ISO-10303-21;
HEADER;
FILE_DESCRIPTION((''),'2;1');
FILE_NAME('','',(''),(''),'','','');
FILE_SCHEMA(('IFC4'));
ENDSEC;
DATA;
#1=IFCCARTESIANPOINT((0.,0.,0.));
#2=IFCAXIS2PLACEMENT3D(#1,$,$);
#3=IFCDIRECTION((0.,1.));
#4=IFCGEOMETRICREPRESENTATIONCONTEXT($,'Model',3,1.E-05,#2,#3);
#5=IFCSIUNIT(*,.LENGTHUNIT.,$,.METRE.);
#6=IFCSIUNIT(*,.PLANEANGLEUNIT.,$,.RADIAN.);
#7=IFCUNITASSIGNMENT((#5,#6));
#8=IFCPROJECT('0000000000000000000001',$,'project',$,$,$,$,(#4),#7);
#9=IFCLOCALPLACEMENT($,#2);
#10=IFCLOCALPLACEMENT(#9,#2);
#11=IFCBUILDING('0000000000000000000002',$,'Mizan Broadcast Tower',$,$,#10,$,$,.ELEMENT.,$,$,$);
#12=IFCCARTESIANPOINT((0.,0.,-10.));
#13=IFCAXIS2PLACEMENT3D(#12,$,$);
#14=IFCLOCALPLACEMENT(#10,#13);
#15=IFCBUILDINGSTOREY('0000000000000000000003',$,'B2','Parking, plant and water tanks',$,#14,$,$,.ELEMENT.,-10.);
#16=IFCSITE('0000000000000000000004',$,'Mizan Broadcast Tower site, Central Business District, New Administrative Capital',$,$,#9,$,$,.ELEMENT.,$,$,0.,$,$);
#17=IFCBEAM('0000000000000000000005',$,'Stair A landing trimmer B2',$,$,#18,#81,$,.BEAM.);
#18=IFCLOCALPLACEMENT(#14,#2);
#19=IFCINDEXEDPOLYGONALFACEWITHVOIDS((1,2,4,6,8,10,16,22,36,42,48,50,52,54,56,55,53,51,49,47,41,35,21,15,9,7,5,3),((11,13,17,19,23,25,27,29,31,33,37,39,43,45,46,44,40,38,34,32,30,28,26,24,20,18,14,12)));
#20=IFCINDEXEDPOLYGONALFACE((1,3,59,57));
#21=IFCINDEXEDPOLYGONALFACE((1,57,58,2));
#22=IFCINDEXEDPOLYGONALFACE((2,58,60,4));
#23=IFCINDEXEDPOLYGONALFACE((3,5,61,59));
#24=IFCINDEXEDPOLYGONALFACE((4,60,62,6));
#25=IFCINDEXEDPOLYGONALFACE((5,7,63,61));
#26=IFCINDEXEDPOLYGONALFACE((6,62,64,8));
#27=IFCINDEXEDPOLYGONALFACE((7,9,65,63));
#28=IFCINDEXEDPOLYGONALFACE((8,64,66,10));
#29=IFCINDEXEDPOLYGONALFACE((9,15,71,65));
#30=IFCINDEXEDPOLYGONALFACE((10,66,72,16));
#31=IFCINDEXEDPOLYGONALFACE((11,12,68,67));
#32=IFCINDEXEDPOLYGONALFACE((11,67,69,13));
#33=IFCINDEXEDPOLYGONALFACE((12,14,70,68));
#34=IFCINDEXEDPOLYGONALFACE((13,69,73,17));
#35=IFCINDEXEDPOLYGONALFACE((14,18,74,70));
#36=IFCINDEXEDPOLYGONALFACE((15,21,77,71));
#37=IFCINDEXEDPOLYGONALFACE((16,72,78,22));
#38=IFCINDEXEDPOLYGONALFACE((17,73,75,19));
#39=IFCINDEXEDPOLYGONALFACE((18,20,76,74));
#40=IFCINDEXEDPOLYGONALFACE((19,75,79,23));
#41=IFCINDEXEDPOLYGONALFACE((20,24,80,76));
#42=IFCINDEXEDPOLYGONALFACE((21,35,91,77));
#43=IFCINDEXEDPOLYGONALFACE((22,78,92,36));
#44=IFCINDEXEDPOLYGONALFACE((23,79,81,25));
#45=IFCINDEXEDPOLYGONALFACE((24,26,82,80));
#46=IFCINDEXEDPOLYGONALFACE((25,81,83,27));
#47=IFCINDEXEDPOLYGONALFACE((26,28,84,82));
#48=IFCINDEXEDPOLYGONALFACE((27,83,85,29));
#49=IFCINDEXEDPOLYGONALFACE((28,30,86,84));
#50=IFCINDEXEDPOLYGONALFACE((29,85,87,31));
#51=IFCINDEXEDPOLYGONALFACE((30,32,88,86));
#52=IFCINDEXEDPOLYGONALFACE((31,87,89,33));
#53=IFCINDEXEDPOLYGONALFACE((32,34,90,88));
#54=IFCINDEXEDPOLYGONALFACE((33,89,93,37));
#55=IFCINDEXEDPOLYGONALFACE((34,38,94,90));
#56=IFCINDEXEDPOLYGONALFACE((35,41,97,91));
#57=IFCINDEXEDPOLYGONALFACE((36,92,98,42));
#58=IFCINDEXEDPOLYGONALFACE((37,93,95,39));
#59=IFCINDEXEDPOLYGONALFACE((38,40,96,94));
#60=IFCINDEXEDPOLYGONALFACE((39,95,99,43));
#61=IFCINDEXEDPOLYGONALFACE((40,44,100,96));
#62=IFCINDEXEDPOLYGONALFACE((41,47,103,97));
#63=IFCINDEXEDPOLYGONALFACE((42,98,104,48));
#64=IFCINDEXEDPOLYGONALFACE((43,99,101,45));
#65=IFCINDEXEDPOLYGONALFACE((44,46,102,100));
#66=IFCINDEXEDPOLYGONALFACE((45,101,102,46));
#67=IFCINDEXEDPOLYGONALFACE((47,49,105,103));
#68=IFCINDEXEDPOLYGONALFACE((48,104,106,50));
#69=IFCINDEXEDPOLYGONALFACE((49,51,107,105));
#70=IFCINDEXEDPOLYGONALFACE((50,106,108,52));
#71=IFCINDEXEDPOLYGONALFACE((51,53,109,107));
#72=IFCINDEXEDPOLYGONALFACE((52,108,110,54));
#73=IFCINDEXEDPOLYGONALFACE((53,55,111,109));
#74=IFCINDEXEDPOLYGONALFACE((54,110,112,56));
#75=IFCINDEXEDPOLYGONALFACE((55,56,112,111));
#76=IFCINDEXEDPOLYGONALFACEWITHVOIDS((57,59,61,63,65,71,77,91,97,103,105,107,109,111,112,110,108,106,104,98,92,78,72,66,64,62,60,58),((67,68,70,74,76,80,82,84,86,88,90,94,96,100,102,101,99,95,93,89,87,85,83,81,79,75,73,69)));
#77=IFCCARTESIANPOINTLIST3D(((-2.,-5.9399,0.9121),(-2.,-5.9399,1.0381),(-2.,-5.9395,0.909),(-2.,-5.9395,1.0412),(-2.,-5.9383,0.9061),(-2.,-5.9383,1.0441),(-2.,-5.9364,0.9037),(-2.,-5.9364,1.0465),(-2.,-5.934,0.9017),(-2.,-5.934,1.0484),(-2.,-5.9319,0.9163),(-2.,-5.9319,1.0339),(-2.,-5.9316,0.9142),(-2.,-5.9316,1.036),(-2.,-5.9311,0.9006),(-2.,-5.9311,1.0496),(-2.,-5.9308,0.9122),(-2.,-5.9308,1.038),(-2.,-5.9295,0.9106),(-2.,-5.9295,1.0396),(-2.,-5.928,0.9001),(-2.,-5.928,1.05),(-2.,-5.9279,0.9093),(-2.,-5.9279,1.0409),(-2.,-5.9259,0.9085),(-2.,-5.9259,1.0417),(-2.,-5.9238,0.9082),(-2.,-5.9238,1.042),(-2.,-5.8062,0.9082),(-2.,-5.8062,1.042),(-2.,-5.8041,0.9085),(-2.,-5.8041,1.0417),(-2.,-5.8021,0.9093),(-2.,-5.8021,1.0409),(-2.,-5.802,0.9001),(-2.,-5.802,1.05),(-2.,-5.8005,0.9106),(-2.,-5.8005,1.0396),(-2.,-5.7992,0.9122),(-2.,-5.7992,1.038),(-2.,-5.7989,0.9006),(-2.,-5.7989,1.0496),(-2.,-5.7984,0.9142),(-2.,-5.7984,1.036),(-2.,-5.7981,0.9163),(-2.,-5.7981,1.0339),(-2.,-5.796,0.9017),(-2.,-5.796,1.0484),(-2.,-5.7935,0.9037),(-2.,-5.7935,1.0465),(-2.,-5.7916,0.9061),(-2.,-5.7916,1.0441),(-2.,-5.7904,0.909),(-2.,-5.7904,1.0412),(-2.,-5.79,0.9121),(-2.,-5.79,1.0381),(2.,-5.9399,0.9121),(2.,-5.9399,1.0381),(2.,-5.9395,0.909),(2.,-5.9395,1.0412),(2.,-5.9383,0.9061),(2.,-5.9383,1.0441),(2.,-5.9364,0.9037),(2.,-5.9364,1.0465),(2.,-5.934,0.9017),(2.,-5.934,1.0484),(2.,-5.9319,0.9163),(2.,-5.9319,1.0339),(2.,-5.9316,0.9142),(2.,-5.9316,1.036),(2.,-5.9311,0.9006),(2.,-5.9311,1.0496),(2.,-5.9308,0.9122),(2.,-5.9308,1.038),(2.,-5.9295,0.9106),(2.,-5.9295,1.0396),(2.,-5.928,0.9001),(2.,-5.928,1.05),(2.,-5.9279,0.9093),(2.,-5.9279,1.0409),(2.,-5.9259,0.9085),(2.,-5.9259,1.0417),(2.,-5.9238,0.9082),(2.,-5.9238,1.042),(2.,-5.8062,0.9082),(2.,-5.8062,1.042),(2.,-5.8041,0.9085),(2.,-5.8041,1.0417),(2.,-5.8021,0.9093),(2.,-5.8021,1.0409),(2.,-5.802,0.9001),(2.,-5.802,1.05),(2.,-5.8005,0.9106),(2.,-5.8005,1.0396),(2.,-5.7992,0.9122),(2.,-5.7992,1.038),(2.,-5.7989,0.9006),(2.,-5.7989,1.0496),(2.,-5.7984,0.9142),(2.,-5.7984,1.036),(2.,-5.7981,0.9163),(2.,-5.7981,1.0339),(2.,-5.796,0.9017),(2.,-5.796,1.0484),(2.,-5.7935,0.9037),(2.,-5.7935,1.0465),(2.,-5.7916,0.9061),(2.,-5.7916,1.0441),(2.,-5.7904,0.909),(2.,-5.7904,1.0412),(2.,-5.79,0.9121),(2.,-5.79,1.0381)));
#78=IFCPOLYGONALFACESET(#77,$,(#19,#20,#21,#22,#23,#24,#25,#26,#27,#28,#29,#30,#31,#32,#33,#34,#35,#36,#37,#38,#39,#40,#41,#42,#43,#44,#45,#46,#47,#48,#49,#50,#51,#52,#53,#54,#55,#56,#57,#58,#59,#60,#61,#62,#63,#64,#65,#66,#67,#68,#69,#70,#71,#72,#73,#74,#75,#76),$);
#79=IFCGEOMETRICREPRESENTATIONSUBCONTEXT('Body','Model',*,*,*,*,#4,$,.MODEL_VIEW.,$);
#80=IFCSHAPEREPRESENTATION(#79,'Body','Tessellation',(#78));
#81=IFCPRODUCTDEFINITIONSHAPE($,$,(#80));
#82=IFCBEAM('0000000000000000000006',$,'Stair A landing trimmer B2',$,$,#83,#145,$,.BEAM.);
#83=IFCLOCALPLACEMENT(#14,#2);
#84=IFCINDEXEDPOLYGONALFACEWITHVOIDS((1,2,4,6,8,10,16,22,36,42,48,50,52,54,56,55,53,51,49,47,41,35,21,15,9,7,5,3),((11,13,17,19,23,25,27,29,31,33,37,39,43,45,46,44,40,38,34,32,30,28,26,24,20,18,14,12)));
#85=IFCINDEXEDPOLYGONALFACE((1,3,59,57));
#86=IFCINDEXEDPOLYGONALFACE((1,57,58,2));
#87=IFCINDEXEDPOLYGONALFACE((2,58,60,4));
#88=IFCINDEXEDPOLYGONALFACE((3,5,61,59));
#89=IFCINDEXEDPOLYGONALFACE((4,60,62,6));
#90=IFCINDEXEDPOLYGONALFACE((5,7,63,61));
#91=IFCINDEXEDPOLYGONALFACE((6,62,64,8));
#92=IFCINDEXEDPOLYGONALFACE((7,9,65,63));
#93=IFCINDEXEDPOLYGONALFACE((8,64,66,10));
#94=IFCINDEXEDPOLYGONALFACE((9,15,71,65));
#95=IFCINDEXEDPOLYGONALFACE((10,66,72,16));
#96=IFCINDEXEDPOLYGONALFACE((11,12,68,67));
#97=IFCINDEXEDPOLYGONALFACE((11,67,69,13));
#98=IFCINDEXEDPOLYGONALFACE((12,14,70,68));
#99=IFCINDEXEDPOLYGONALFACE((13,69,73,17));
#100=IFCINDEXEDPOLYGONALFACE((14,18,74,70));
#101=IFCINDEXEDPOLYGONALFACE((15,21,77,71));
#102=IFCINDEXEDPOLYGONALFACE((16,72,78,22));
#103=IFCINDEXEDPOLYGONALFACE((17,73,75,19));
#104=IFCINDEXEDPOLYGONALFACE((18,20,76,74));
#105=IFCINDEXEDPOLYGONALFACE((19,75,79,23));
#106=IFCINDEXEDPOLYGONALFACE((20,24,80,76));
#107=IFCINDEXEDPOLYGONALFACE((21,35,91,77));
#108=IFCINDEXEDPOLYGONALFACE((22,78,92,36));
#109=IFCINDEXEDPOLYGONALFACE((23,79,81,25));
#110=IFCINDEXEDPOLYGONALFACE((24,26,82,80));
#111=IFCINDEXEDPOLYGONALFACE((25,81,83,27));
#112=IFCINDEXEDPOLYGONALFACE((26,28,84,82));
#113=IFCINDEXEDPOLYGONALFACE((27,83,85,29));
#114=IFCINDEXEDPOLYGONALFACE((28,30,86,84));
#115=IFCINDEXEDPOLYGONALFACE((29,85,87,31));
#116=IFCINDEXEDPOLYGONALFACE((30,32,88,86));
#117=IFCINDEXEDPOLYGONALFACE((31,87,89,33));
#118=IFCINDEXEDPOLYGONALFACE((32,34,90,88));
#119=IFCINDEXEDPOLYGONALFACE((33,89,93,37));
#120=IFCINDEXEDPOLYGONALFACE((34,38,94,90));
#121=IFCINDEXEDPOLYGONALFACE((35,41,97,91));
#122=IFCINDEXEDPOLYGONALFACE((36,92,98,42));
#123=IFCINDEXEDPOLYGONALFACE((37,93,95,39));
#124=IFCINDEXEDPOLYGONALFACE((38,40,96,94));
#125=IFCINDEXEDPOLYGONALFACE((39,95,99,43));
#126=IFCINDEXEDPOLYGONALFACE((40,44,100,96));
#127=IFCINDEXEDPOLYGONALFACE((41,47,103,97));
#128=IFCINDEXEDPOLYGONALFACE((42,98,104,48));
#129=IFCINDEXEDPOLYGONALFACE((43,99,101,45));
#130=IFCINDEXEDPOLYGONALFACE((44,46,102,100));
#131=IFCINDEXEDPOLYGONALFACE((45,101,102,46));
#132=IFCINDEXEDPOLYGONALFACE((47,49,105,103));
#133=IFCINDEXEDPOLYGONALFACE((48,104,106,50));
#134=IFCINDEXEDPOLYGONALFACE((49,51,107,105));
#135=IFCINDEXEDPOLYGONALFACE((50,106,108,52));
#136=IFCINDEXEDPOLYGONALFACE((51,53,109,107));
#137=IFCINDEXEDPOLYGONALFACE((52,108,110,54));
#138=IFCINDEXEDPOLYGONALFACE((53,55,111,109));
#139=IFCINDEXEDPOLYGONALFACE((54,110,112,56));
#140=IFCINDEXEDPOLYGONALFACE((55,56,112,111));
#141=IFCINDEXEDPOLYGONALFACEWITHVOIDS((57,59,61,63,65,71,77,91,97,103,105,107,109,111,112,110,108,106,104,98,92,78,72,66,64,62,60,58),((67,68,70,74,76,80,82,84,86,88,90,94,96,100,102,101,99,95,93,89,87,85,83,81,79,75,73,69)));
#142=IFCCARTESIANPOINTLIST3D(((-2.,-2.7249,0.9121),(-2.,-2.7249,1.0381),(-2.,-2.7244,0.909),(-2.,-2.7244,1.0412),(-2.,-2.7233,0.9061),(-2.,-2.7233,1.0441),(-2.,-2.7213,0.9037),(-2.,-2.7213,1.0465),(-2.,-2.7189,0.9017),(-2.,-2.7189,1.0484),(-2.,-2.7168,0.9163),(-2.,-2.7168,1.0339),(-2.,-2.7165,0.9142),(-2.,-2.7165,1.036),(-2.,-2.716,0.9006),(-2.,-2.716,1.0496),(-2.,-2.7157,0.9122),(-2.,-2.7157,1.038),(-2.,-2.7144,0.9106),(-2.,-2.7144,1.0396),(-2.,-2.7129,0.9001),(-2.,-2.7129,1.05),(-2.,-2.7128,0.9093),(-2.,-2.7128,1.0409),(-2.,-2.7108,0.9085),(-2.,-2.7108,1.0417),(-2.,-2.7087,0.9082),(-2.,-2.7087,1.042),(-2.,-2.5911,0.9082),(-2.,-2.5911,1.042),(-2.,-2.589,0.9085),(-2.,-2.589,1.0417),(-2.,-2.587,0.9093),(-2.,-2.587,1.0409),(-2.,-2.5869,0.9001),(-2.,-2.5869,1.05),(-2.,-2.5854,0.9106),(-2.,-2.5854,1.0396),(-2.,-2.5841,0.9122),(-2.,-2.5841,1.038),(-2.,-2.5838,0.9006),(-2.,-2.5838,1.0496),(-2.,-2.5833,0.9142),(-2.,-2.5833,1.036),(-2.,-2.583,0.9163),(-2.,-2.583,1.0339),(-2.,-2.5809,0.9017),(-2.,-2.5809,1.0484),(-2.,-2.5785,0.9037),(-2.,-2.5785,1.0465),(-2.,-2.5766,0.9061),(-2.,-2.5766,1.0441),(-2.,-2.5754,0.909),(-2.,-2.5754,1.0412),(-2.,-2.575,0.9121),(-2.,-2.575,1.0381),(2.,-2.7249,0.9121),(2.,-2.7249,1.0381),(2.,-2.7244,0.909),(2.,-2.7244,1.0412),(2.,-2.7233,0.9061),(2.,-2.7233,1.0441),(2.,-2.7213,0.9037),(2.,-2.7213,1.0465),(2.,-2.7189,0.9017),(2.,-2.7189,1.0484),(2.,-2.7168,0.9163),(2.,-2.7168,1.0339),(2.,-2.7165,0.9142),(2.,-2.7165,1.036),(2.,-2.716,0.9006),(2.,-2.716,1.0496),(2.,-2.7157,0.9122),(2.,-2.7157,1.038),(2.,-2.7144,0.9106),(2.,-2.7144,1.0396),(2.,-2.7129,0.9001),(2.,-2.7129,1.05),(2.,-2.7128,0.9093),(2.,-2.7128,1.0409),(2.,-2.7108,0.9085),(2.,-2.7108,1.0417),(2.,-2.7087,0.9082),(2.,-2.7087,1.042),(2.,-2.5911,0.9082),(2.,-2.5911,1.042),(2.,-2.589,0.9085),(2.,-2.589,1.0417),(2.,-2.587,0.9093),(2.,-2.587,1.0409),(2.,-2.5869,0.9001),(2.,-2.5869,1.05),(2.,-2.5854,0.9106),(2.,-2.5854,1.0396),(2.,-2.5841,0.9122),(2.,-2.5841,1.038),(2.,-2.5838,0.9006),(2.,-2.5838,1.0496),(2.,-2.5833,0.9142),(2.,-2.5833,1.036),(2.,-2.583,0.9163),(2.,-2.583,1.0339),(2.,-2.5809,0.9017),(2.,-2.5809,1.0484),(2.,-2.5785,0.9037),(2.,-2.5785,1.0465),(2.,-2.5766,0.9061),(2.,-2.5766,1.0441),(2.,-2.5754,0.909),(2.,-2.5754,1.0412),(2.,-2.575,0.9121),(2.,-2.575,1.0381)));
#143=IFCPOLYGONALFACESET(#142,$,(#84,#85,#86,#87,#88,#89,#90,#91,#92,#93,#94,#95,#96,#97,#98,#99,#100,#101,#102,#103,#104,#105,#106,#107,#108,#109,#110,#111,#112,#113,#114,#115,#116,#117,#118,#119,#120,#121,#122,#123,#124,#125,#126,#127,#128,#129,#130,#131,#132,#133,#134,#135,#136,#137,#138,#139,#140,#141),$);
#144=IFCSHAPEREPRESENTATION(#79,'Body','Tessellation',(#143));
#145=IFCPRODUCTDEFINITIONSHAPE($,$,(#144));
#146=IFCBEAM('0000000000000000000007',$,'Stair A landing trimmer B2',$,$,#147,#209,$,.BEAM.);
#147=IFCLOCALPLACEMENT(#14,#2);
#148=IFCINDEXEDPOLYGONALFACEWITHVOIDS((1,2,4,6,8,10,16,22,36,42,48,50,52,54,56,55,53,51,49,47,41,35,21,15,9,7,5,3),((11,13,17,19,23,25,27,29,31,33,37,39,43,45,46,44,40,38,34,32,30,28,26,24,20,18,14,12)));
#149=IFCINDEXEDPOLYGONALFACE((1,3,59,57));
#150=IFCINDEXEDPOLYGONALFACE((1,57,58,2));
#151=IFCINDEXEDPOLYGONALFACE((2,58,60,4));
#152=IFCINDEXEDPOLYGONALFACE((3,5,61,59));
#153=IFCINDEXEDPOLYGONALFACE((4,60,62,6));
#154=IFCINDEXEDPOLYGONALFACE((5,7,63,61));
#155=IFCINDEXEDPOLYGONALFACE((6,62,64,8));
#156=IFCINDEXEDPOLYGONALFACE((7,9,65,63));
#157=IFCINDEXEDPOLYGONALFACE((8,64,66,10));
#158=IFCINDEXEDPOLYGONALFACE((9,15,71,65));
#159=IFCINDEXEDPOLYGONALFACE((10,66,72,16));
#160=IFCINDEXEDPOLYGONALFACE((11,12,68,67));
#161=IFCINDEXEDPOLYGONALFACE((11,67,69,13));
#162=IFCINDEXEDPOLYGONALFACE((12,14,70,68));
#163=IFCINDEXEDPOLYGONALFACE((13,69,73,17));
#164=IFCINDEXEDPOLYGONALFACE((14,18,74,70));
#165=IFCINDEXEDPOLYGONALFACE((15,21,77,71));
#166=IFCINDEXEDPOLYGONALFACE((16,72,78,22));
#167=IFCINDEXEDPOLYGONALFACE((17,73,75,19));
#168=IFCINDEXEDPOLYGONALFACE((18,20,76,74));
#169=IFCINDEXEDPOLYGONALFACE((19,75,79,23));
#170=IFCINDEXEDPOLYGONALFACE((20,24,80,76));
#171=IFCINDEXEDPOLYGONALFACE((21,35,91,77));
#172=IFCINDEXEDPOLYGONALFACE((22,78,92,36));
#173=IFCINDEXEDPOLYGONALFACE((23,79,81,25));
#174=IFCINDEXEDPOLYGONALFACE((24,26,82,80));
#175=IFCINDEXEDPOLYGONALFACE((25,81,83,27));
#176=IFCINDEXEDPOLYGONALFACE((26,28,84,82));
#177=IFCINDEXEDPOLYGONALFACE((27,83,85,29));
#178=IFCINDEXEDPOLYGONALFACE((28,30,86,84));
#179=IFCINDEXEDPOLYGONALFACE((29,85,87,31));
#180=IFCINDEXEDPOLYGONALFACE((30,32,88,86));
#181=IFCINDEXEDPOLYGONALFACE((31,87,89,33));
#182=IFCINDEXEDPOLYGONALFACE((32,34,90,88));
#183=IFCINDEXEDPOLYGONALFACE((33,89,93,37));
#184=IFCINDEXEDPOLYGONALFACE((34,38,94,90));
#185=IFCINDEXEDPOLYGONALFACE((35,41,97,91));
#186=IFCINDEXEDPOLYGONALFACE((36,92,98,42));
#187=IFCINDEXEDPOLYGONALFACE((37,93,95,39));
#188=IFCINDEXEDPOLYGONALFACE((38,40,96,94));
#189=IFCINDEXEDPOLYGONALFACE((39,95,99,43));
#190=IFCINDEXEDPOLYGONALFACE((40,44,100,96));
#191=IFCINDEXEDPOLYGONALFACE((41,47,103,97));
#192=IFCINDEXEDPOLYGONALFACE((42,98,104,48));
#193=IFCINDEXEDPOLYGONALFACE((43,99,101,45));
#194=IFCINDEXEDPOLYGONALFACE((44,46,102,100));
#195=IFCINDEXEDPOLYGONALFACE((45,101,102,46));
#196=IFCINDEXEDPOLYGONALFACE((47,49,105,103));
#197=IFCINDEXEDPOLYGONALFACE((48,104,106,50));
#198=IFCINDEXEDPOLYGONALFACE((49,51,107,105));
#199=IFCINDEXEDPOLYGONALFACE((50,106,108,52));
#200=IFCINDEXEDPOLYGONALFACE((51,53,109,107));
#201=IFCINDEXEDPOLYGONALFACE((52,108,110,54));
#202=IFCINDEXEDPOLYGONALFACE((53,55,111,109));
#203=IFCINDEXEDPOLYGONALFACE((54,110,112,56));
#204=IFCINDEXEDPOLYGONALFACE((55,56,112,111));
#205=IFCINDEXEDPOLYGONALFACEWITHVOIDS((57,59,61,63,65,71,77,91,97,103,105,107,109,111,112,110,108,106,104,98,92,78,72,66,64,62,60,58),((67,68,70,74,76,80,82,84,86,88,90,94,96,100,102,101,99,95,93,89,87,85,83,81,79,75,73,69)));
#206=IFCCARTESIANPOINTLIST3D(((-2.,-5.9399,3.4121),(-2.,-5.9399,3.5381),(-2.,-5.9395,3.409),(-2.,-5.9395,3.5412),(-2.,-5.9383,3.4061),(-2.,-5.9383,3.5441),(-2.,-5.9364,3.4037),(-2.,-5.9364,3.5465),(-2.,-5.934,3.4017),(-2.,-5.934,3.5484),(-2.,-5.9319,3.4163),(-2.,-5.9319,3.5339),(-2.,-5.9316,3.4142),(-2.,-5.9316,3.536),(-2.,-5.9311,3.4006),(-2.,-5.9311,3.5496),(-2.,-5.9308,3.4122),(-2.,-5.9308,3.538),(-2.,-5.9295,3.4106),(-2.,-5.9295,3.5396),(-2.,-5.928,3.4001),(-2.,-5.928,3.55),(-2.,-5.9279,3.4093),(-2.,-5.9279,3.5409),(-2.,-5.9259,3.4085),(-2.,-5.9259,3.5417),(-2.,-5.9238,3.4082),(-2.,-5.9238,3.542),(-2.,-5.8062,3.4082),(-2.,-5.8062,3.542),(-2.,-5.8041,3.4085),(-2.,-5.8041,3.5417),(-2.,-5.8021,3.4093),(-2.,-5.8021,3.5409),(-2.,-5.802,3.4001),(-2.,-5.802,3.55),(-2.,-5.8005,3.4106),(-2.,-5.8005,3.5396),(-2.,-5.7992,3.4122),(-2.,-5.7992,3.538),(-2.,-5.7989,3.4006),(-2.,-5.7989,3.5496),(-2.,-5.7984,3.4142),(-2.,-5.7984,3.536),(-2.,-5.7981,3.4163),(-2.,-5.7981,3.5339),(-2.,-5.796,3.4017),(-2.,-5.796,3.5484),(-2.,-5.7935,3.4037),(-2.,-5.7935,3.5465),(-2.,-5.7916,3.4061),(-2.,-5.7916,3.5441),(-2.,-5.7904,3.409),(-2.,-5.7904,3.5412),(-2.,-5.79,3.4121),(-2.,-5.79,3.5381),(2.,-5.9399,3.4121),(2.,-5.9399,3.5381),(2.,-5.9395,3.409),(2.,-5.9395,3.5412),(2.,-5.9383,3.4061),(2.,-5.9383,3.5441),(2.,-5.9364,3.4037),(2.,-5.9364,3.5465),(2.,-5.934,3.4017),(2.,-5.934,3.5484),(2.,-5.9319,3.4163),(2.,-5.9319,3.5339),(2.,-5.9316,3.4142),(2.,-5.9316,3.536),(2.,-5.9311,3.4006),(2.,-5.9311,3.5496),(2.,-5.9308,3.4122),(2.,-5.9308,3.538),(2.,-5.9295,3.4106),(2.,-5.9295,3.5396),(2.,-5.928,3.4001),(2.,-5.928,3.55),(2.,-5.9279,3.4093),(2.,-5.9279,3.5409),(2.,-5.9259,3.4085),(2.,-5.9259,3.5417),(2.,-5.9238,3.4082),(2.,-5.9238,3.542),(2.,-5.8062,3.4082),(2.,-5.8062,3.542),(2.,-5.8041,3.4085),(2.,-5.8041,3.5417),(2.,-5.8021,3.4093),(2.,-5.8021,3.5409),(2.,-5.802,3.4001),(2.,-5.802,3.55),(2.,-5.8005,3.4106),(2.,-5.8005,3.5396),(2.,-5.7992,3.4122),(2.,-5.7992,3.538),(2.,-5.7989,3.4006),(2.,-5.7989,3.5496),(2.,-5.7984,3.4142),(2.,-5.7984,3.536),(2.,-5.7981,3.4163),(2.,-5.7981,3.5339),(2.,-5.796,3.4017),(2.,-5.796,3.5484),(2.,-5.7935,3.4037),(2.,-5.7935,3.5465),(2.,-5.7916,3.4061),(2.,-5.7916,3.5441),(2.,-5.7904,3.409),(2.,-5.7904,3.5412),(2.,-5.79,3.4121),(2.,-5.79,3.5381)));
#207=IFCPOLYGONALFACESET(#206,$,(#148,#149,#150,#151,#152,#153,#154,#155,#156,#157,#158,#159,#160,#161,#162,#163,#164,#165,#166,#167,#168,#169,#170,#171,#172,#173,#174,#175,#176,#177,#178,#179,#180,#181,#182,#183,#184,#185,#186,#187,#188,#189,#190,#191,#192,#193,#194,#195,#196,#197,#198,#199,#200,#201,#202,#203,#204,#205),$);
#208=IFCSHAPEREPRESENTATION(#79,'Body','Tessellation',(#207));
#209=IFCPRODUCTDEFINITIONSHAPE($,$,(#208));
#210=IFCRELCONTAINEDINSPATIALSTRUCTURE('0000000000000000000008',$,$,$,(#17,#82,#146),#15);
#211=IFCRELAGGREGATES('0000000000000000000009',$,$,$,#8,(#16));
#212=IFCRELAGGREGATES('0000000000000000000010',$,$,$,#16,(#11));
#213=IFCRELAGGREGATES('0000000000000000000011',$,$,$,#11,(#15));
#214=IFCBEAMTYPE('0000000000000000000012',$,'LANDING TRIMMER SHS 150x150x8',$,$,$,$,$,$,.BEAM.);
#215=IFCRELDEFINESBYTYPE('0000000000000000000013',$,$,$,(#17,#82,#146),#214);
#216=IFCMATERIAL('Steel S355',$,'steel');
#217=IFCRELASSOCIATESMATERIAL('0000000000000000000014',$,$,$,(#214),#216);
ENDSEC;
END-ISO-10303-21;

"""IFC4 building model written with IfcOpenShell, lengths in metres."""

from ifc_helpers import new_model, si_unit, direction, frame, origin, origin_2d, place, context, subcontext, project, spatial, hollow_rectangle, extrude, material, material_profile, profile_set, type_object, element, save


model = new_model("IFC4")

# Units and contexts
model_context = context("Model", 3, precision=1e-05, world=origin(), true_north=direction((0.0, 1.0)))
body_context = subcontext(model_context, "Body", "Model", "MODEL_VIEW")
ifc_project = project(units=[si_unit("LENGTHUNIT", "METRE"), si_unit("PLANEANGLEUNIT", "RADIAN")], contexts=[model_context])

# Site, building, storey
site_placement = place(None, origin())
site = spatial("IfcSite", under=ifc_project, at=site_placement, Name="Mizan Broadcast Tower site, Central Business District, New Administrative Capital", CompositionType="ELEMENT", RefElevation=0.0)
building_placement = place(site_placement, origin())
building = spatial("IfcBuilding", under=site, at=building_placement, Name="Mizan Broadcast Tower", CompositionType="ELEMENT")
storey_placement = place(building_placement, frame((0.0, 0.0, -10.0)))
storey = spatial("IfcBuildingStorey", under=building, at=storey_placement, Name="B2", Description="Parking, plant and water tanks", CompositionType="ELEMENT", Elevation=-10.0)

# Beams
ifc_material_1 = material(Name="Steel S355", Category="steel")
ifc_material_profile_1 = material_profile(ifc_material_1, hollow_rectangle(XDim=0.1499, YDim=0.1499, WallThickness=0.0081, InnerFilletRadius=0.0081, OuterFilletRadius=0.012, at=origin_2d()), Name="SHS 150x150x8")
ifc_profile_set_1 = profile_set([ifc_material_profile_1], Name="Steel S355")
beam_type = type_object("IfcBeamType", Name="LANDING TRIMMER SHS 150x150x8", PredefinedType="BEAM", material=ifc_profile_set_1)
for number, where, z_axis, x_axis, name in (
    (1, (-2.0, -5.865, 0.9751), (1.0, 0.0, 0.0), (0.0, 1.0, 0.0), "Stair A landing trimmer B2"),
    (2, (-2.0, -2.6499, 0.9751), (1.0, 0.0, 0.0), (0.0, 1.0, 0.0), "Stair A landing trimmer B2"),
    (3, (-2.0, -5.865, 3.4751), (1.0, 0.0, 0.0), (0.0, 1.0, 0.0), "Stair A landing trimmer B2"),
):
    element("IfcBeam", number, at=place(storey_placement, frame(where, z_axis=z_axis, x_axis=x_axis)), inside=storey, type_object=beam_type, Name=name, PredefinedType="BEAM", context=body_context, shape_type="SweptSolid", body=[
        extrude(hollow_rectangle(XDim=0.1499, YDim=0.1499, WallThickness=0.0081, InnerFilletRadius=0.0081, OuterFilletRadius=0.012, at=origin_2d()), origin(), (0.0, 0.0, 1.0), 4.0),
    ])

save(model, "model.ifc")
